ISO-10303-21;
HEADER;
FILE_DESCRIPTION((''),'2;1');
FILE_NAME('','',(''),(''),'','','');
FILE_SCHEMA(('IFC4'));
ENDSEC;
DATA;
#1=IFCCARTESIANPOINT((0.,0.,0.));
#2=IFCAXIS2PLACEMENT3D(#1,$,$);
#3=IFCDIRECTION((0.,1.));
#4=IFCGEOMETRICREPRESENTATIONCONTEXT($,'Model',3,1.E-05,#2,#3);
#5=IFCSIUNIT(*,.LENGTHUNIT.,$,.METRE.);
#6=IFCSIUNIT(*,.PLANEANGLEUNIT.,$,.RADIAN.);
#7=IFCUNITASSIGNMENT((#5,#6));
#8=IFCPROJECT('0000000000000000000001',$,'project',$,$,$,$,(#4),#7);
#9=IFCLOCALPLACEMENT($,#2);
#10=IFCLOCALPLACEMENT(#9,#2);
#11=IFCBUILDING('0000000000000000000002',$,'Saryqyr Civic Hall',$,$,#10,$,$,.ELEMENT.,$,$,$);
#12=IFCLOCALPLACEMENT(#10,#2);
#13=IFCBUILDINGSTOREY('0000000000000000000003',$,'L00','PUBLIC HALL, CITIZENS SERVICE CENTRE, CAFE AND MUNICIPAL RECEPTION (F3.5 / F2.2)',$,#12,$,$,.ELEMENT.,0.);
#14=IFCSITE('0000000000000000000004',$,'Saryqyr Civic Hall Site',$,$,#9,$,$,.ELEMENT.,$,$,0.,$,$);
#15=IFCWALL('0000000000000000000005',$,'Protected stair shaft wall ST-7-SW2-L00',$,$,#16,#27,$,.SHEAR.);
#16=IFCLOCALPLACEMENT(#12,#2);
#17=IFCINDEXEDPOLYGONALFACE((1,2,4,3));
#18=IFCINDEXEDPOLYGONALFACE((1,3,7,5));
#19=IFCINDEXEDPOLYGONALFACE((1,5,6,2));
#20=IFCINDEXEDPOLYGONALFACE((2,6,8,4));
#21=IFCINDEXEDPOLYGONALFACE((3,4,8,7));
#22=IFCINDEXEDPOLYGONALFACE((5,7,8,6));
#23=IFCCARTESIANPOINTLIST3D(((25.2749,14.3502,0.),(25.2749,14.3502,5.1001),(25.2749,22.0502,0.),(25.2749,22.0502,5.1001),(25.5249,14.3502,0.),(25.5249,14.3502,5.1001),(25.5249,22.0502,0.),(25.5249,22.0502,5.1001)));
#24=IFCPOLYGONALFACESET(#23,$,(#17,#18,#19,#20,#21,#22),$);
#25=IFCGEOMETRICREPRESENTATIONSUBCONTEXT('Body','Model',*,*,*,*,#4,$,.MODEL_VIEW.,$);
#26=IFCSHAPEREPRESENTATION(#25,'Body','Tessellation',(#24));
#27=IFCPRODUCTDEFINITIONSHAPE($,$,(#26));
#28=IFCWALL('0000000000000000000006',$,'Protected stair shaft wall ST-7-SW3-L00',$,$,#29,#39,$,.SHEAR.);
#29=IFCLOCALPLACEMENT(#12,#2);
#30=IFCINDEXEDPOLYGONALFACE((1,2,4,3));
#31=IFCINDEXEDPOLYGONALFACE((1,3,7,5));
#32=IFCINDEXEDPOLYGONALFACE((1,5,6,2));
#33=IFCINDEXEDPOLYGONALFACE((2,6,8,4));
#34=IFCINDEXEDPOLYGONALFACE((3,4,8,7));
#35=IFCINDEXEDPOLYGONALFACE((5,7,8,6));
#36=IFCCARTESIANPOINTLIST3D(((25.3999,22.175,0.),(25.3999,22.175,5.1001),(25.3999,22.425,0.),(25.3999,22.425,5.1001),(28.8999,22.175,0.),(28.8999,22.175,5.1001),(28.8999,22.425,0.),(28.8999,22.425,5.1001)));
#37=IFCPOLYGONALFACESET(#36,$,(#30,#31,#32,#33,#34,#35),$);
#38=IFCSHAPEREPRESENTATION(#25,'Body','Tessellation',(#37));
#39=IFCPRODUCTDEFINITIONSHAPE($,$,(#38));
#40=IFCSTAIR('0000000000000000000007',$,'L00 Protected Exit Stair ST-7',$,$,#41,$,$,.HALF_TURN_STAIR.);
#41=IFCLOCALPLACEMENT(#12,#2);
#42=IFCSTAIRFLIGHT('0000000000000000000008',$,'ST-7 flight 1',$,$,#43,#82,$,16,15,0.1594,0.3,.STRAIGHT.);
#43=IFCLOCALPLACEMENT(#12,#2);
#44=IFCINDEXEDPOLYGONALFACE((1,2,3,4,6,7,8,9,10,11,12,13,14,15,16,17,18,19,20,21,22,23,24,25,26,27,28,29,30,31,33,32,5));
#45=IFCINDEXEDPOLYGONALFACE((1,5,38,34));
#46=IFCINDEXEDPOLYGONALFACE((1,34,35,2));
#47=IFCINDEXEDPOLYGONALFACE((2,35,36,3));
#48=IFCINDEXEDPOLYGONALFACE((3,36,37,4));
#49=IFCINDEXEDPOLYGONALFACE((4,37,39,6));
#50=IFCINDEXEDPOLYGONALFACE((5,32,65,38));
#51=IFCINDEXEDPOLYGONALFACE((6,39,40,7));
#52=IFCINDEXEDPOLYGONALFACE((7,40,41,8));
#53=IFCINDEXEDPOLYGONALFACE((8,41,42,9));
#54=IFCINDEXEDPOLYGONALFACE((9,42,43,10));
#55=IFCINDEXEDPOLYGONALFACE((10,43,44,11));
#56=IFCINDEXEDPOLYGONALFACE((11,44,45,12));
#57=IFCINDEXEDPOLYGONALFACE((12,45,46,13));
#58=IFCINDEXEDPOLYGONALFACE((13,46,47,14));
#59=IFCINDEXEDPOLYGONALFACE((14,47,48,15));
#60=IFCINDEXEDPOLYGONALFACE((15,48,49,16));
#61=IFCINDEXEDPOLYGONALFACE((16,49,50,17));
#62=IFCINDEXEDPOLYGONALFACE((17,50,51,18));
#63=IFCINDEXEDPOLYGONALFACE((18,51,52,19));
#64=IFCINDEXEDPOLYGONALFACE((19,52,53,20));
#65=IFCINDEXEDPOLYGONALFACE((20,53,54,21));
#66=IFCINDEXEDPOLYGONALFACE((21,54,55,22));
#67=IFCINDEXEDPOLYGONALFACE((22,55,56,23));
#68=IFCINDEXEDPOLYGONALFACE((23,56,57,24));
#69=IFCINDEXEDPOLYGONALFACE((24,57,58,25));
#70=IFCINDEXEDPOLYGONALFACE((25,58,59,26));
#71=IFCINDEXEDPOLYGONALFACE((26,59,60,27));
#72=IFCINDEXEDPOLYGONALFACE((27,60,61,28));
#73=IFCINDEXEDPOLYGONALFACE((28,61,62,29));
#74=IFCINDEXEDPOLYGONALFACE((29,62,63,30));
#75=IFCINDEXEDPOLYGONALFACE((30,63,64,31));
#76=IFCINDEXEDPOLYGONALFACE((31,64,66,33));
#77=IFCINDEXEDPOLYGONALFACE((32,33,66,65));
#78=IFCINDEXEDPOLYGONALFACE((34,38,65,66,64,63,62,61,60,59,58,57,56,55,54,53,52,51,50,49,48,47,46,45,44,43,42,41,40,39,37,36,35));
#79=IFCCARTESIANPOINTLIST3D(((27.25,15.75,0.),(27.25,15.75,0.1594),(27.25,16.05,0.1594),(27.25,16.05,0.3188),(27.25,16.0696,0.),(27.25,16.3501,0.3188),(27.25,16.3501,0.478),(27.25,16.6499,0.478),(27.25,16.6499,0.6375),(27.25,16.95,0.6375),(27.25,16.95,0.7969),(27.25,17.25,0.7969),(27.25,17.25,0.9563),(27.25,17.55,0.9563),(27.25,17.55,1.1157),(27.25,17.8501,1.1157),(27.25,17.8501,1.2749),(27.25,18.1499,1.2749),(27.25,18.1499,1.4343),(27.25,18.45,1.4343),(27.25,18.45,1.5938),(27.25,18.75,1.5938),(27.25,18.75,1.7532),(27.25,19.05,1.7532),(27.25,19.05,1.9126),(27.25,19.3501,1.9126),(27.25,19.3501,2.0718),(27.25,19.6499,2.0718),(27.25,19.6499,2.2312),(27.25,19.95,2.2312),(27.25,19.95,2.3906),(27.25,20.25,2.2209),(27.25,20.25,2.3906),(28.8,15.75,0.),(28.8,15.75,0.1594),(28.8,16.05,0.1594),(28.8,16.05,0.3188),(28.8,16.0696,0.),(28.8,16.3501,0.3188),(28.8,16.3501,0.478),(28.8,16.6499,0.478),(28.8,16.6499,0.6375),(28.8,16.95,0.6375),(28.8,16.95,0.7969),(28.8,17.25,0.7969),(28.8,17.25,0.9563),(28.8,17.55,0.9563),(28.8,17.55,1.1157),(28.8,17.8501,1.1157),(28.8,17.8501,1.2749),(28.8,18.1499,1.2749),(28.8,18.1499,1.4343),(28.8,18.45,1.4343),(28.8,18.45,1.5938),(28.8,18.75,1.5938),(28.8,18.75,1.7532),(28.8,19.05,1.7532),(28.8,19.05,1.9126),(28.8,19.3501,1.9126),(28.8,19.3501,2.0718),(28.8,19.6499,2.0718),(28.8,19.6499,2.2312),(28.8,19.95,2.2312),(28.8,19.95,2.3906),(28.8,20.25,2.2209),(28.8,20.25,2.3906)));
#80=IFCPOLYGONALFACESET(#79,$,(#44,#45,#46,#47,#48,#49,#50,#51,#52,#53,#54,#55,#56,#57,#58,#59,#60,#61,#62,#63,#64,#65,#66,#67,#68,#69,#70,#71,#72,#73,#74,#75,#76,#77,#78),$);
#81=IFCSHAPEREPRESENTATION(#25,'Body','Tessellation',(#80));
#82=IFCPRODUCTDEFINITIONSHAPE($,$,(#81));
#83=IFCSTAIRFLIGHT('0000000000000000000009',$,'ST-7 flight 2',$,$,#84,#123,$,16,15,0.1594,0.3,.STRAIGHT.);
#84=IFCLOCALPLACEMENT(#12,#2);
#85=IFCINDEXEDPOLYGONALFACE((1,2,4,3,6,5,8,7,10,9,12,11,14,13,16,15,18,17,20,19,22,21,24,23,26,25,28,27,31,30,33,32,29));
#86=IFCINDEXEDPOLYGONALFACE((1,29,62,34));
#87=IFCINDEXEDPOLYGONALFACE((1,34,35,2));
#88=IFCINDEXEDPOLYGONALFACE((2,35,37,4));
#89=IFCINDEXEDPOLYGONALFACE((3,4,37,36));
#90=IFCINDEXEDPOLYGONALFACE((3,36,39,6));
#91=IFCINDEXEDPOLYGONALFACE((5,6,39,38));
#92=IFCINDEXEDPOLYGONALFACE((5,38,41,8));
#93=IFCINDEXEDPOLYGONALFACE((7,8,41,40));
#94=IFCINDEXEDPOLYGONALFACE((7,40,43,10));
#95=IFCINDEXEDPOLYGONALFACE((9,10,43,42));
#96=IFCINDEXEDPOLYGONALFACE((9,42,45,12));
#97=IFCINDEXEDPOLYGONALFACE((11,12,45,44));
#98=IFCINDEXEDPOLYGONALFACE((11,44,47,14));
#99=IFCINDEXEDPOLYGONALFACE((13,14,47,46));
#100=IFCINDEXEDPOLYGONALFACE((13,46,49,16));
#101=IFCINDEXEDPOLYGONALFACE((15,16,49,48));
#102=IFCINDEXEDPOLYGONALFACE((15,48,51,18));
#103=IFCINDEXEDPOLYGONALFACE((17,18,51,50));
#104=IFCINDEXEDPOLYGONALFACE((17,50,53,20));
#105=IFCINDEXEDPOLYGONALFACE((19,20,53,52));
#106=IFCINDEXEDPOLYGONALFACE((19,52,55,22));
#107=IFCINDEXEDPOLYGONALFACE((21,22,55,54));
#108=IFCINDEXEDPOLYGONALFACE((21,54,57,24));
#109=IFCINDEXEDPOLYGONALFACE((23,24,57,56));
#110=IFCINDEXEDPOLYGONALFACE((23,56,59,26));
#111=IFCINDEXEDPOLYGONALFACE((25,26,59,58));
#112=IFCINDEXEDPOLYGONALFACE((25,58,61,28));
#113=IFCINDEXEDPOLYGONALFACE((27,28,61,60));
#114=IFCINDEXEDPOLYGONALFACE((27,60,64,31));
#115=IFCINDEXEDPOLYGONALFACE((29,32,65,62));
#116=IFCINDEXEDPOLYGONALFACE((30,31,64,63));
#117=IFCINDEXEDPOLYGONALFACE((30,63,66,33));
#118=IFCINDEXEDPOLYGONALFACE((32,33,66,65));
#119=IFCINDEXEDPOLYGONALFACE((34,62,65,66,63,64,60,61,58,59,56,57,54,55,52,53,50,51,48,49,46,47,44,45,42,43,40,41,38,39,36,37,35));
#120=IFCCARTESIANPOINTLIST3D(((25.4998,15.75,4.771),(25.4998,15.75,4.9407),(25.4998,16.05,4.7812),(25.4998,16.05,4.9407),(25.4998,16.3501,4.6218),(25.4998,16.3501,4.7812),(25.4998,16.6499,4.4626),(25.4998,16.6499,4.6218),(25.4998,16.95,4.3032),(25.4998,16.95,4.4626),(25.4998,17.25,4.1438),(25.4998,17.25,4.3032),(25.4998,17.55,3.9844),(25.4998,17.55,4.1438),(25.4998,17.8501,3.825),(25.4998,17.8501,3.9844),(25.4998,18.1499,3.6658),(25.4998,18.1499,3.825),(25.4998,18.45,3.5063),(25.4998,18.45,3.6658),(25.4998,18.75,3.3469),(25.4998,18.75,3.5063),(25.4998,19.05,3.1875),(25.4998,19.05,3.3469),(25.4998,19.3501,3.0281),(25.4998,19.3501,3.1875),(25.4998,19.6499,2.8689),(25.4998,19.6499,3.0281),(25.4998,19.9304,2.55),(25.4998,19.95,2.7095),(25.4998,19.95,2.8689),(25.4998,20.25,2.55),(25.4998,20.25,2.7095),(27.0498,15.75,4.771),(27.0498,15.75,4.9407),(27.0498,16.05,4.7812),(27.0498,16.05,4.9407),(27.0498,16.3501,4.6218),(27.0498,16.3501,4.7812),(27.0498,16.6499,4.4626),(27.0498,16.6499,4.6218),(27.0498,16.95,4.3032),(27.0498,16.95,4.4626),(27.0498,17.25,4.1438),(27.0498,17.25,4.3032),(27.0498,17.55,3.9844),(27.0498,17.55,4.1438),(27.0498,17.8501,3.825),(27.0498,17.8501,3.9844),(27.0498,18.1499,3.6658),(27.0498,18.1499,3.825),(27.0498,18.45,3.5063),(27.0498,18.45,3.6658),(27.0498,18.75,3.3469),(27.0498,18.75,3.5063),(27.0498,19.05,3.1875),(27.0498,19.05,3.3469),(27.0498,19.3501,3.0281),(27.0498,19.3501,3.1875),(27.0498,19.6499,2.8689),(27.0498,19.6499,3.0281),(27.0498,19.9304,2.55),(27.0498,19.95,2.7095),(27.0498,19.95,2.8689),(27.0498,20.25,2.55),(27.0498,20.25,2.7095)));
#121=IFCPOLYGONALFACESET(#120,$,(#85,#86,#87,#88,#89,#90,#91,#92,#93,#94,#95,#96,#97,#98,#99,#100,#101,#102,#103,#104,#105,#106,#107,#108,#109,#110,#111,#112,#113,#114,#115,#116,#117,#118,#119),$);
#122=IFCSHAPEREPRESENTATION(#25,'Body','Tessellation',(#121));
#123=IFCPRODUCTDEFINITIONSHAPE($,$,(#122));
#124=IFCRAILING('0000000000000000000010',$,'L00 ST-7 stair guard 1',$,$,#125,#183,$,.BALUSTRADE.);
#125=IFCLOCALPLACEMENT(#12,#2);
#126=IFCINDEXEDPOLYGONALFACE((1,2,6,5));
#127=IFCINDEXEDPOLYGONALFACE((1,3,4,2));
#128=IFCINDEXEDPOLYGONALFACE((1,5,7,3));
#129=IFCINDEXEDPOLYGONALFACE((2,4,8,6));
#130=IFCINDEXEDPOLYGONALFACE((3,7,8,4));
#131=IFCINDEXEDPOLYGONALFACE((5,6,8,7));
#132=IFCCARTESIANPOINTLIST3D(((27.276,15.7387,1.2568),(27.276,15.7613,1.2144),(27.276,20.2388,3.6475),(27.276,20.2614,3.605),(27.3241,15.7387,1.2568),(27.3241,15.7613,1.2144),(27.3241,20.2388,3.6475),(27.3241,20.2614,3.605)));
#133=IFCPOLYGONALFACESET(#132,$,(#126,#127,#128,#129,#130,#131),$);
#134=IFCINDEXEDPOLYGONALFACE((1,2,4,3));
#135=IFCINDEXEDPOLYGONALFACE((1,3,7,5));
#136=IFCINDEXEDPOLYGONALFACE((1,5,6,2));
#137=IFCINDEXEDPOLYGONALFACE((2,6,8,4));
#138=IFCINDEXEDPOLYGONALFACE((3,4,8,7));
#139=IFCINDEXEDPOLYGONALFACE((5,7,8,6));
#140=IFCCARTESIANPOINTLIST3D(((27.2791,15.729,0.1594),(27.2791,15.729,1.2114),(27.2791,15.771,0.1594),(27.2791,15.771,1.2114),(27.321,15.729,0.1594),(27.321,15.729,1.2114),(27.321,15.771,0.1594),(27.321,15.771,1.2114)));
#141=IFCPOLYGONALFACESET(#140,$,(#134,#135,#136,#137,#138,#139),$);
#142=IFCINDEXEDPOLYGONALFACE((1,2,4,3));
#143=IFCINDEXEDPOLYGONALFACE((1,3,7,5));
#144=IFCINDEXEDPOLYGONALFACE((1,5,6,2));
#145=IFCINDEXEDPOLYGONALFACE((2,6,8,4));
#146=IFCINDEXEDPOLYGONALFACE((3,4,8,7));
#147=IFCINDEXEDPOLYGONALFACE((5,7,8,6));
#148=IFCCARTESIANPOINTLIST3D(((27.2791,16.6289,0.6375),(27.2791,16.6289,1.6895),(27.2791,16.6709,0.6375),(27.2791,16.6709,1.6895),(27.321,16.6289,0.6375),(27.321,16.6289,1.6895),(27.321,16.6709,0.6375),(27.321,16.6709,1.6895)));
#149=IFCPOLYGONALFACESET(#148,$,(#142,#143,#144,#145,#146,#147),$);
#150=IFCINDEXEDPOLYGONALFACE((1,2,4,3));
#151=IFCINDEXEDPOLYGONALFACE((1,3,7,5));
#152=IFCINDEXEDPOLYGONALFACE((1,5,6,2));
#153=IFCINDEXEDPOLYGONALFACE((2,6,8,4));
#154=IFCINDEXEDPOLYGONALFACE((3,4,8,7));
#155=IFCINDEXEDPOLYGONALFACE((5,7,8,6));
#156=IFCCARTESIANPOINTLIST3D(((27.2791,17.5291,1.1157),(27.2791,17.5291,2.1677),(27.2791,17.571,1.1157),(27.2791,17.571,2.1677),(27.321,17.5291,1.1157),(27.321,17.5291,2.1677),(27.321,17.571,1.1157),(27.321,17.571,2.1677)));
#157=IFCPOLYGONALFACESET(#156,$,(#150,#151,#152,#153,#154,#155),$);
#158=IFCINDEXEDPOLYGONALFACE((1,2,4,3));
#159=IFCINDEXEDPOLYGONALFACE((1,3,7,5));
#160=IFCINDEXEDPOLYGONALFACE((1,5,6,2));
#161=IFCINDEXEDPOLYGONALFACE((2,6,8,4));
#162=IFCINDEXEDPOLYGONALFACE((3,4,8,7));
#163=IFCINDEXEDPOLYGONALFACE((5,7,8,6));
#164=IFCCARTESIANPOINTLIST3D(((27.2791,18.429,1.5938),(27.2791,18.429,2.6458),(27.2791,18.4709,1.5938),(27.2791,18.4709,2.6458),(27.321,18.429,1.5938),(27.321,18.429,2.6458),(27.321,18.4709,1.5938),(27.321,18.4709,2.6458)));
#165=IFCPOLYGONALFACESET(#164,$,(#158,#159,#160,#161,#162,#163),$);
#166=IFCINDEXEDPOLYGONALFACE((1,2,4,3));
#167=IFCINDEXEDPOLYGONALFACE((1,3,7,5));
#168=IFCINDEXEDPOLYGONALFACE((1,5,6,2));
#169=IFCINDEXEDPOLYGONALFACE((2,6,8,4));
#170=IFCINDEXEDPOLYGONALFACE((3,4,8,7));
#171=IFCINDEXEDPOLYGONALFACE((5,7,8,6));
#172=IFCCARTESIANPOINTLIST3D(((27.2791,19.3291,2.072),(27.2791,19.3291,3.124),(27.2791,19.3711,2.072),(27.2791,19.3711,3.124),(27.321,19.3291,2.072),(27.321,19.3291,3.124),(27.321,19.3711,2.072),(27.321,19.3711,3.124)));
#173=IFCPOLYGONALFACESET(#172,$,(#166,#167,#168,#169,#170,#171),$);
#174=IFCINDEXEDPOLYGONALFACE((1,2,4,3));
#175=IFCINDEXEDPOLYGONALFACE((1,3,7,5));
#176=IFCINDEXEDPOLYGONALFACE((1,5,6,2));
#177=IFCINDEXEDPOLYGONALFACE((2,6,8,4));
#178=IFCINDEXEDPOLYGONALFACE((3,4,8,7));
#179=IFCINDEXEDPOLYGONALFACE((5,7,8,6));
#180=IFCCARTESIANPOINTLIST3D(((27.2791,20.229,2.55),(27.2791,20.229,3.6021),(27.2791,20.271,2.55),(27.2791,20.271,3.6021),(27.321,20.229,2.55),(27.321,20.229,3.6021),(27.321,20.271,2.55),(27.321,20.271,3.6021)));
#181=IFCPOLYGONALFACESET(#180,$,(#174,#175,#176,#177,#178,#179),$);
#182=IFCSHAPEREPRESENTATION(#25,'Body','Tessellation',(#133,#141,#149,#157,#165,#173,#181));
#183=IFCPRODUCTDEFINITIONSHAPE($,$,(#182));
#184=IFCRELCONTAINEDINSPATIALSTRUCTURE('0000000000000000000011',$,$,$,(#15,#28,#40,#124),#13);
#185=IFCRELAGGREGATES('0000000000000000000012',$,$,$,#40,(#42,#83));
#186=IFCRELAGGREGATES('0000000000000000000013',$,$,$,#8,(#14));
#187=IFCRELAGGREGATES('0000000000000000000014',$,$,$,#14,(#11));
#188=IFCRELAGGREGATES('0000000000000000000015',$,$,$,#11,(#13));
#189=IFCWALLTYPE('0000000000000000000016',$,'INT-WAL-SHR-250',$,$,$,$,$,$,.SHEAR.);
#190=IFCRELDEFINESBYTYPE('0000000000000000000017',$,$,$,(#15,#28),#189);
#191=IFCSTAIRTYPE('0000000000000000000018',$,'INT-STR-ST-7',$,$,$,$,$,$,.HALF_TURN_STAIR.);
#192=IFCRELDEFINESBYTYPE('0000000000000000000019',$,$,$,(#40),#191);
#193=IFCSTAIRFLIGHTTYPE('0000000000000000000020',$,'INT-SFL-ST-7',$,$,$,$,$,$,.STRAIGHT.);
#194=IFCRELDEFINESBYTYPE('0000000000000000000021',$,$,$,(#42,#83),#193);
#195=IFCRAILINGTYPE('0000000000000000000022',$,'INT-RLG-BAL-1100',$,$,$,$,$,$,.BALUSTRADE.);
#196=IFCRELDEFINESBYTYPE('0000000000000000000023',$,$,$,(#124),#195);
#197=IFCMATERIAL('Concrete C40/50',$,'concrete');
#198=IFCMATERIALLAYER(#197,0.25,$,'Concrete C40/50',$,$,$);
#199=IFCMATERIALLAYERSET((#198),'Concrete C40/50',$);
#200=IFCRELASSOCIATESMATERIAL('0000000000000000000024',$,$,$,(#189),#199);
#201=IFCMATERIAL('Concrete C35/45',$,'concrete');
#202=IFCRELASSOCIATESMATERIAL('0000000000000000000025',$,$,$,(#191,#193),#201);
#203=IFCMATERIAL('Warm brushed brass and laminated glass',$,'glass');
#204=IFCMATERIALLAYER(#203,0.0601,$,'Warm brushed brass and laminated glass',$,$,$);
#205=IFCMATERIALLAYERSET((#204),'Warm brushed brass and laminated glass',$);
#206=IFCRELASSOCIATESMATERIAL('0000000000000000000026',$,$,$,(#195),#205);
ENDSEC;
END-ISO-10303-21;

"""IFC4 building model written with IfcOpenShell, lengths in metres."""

from ifc_helpers import new_model, si_unit, direction, frame, frame_2d, origin, origin_2d, place, context, subcontext, project, spatial, polyline, rectangle, outline, extrude, material, layer, layer_set, type_object, element, aggregate, save


model = new_model("IFC4")

# Units and contexts
model_context = context("Model", 3, precision=1e-05, world=origin(), true_north=direction((0.0, 1.0)))
body_context = subcontext(model_context, "Body", "Model", "MODEL_VIEW")
ifc_project = project(units=[si_unit("LENGTHUNIT", "METRE"), si_unit("PLANEANGLEUNIT", "RADIAN")], contexts=[model_context])

# Site, building, storey
site_placement = place(None, origin())
site = spatial("IfcSite", under=ifc_project, at=site_placement, Name="Saryqyr Civic Hall Site", CompositionType="ELEMENT", RefElevation=0.0)
building_placement = place(site_placement, origin())
building = spatial("IfcBuilding", under=site, at=building_placement, Name="Saryqyr Civic Hall", CompositionType="ELEMENT")
storey_placement = place(building_placement, origin())
storey = spatial("IfcBuildingStorey", under=building, at=storey_placement, Name="L00", Description="PUBLIC HALL, CITIZENS SERVICE CENTRE, CAFE AND MUNICIPAL RECEPTION (F3.5 / F2.2)", CompositionType="ELEMENT", Elevation=0.0)

# Shared definitions
ifc_material_1 = material(Name="Concrete C40/50", Category="concrete")

# Shared definitions
ifc_material_2 = material(Name="Concrete C35/45", Category="concrete")

# Walls
ifc_layer_1 = layer(ifc_material_1, 0.25, Name="Concrete C40/50")
ifc_layer_set_1 = layer_set([ifc_layer_1], Name="Concrete C40/50")
wall_type = type_object("IfcWallType", Name="INT-WAL-SHR-250", PredefinedType="SHEAR", material=ifc_layer_set_1)
wall_1_placement = place(storey_placement, frame((25.3999, 14.3501, 0.0), z_axis=(0.0, 0.0, 1.0), x_axis=(0.0, 1.0, 0.0)))
element("IfcWall", 1, at=wall_1_placement, inside=storey, type_object=wall_type, Name="Protected stair shaft wall ST-7-SW2-L00", PredefinedType="SHEAR", context=body_context, shape_type="SweptSolid", body=[
    extrude(rectangle(XDim=7.7, YDim=0.25, at=frame_2d((3.8501, 0.0))), origin(), (0.0, 0.0, 1.0), 5.1001),
])
wall_2_placement = place(storey_placement, frame((25.3999, 22.3, 0.0), z_axis=(0.0, 0.0, 1.0), x_axis=(1.0, 0.0, 0.0)))
element("IfcWall", 2, at=wall_2_placement, inside=storey, type_object=wall_type, Name="Protected stair shaft wall ST-7-SW3-L00", PredefinedType="SHEAR", context=body_context, shape_type="SweptSolid", body=[
    extrude(rectangle(XDim=3.5, YDim=0.25, at=frame_2d((1.75, 0.0))), origin(), (0.0, 0.0, 1.0), 5.1001),
])

# Stair, stair flights
stair_type = type_object("IfcStairType", Name="INT-STR-ST-7", PredefinedType="HALF_TURN_STAIR", material=ifc_material_2)
stair_placement = place(storey_placement, origin())
stair = element("IfcStair", 3, at=stair_placement, inside=storey, type_object=stair_type, Name="L00 Protected Exit Stair ST-7", PredefinedType="HALF_TURN_STAIR")
stair_flight_type = type_object("IfcStairFlightType", Name="INT-SFL-ST-7", PredefinedType="STRAIGHT", material=ifc_material_2)
stair_flight_1_placement = place(storey_placement, frame((28.0249, 15.75, 0.0), z_axis=(0.0, 0.0, 1.0), x_axis=(0.0, 1.0, 0.0)))
stair_flight_1 = element("IfcStairFlight", 4, at=stair_flight_1_placement, type_object=stair_flight_type, Name="ST-7 flight 1", NumberOfRisers=16, NumberOfTreads=15, PredefinedType="STRAIGHT", RiserHeight=0.1594, TreadLength=0.3, context=body_context, shape_type="SweptSolid", body=[
    extrude(outline(polyline([(0.0, 0.0), (0.0, 0.1594), (0.3, 0.1594), (0.3, 0.3188), (0.6001, 0.3188), (0.6001, 0.478), (0.8999, 0.478), (0.8999, 0.6375), (1.2, 0.6375), (1.2, 0.7969), (1.5, 0.7969), (1.5, 0.9563), (1.8, 0.9563), (1.8, 1.1157), (2.1001, 1.1157), (2.1001, 1.2749), (2.3999, 1.2749), (2.3999, 1.4343), (2.7, 1.4343), (2.7, 1.5938), (3.0, 1.5938), (3.0, 1.7532), (3.3, 1.7532), (3.3, 1.9126), (3.6001, 1.9126), (3.6001, 2.0718), (3.8999, 2.0718), (3.8999, 2.2312), (4.2, 2.2312), (4.2, 2.3906), (4.5, 2.3906), (4.5, 2.55), (4.5, 2.2209), (0.3196, 0.0), (0.0, 0.0)])), frame((0.0, 0.7749, 0.0), z_axis=(0.0, -1.0, 0.0), x_axis=(1.0, 0.0, 0.0)), (0.0, 0.0, 1.0), 1.55),
])
stair_flight_2_placement = place(storey_placement, frame((26.2749, 20.25, 2.55), z_axis=(0.0, 0.0, 1.0), x_axis=(0.0, -1.0, 0.0)))
stair_flight_2 = element("IfcStairFlight", 5, at=stair_flight_2_placement, type_object=stair_flight_type, Name="ST-7 flight 2", NumberOfRisers=16, NumberOfTreads=15, PredefinedType="STRAIGHT", RiserHeight=0.1594, TreadLength=0.3, context=body_context, shape_type="SweptSolid", body=[
    extrude(outline(polyline([(0.0, 0.0), (0.0, 0.1594), (0.3, 0.1594), (0.3, 0.3188), (0.6001, 0.3188), (0.6001, 0.478), (0.8999, 0.478), (0.8999, 0.6375), (1.2, 0.6375), (1.2, 0.7969), (1.5, 0.7969), (1.5, 0.9563), (1.8, 0.9563), (1.8, 1.1157), (2.1001, 1.1157), (2.1001, 1.2749), (2.3999, 1.2749), (2.3999, 1.4343), (2.7, 1.4343), (2.7, 1.5938), (3.0, 1.5938), (3.0, 1.7532), (3.3, 1.7532), (3.3, 1.9126), (3.6001, 1.9126), (3.6001, 2.0718), (3.8999, 2.0718), (3.8999, 2.2312), (4.2, 2.2312), (4.2, 2.3906), (4.5, 2.3906), (4.5, 2.55), (4.5, 2.2209), (0.3196, 0.0), (0.0, 0.0)])), frame((0.0, 0.7749, 0.0), z_axis=(0.0, -1.0, 0.0), x_axis=(1.0, 0.0, 0.0)), (0.0, 0.0, 1.0), 1.55),
])
aggregate(stair, [stair_flight_1, stair_flight_2])

# Railing
ifc_material_3 = material(Name="Warm brushed brass and laminated glass", Category="glass")
ifc_layer_2 = layer(ifc_material_3, 0.0601, Name="Warm brushed brass and laminated glass")
ifc_layer_set_2 = layer_set([ifc_layer_2], Name="Warm brushed brass and laminated glass")
railing_type_1 = type_object("IfcRailingType", Name="INT-RLG-BAL-1100", PredefinedType="BALUSTRADE", material=ifc_layer_set_2)
railing_1_placement = place(storey_placement, frame((27.3, 15.75, 0.1594)))
element("IfcRailing", 6, at=railing_1_placement, inside=storey, type_object=railing_type_1, Name="L00 ST-7 stair guard 1", PredefinedType="BALUSTRADE", context=body_context, shape_type="SweptSolid", body=[
    extrude(rectangle(XDim=0.0481, YDim=0.0481, at=origin_2d()), frame((0.0, 0.0, 1.0762), z_axis=(0.0, 0.883116, 0.469155), x_axis=(-1.0, 0.0, 0.0)), (0.0, 0.0, 1.0), 5.0957),
    extrude(rectangle(XDim=0.042, YDim=0.042, at=origin_2d()), origin(), (0.0, 0.0, 1.0), 1.052),
    extrude(rectangle(XDim=0.042, YDim=0.042, at=origin_2d()), frame((0.0, 0.8999, 0.478)), (0.0, 0.0, 1.0), 1.052),
    extrude(rectangle(XDim=0.042, YDim=0.042, at=origin_2d()), frame((0.0, 1.8, 0.9563)), (0.0, 0.0, 1.0), 1.052),
    extrude(rectangle(XDim=0.042, YDim=0.042, at=origin_2d()), frame((0.0, 2.7, 1.4343)), (0.0, 0.0, 1.0), 1.052),
    extrude(rectangle(XDim=0.042, YDim=0.042, at=origin_2d()), frame((0.0, 3.6001, 1.9126)), (0.0, 0.0, 1.0), 1.052),
    extrude(rectangle(XDim=0.042, YDim=0.042, at=origin_2d()), frame((0.0, 4.5, 2.3906)), (0.0, 0.0, 1.0), 1.052),
])

save(model, "model.ifc")
